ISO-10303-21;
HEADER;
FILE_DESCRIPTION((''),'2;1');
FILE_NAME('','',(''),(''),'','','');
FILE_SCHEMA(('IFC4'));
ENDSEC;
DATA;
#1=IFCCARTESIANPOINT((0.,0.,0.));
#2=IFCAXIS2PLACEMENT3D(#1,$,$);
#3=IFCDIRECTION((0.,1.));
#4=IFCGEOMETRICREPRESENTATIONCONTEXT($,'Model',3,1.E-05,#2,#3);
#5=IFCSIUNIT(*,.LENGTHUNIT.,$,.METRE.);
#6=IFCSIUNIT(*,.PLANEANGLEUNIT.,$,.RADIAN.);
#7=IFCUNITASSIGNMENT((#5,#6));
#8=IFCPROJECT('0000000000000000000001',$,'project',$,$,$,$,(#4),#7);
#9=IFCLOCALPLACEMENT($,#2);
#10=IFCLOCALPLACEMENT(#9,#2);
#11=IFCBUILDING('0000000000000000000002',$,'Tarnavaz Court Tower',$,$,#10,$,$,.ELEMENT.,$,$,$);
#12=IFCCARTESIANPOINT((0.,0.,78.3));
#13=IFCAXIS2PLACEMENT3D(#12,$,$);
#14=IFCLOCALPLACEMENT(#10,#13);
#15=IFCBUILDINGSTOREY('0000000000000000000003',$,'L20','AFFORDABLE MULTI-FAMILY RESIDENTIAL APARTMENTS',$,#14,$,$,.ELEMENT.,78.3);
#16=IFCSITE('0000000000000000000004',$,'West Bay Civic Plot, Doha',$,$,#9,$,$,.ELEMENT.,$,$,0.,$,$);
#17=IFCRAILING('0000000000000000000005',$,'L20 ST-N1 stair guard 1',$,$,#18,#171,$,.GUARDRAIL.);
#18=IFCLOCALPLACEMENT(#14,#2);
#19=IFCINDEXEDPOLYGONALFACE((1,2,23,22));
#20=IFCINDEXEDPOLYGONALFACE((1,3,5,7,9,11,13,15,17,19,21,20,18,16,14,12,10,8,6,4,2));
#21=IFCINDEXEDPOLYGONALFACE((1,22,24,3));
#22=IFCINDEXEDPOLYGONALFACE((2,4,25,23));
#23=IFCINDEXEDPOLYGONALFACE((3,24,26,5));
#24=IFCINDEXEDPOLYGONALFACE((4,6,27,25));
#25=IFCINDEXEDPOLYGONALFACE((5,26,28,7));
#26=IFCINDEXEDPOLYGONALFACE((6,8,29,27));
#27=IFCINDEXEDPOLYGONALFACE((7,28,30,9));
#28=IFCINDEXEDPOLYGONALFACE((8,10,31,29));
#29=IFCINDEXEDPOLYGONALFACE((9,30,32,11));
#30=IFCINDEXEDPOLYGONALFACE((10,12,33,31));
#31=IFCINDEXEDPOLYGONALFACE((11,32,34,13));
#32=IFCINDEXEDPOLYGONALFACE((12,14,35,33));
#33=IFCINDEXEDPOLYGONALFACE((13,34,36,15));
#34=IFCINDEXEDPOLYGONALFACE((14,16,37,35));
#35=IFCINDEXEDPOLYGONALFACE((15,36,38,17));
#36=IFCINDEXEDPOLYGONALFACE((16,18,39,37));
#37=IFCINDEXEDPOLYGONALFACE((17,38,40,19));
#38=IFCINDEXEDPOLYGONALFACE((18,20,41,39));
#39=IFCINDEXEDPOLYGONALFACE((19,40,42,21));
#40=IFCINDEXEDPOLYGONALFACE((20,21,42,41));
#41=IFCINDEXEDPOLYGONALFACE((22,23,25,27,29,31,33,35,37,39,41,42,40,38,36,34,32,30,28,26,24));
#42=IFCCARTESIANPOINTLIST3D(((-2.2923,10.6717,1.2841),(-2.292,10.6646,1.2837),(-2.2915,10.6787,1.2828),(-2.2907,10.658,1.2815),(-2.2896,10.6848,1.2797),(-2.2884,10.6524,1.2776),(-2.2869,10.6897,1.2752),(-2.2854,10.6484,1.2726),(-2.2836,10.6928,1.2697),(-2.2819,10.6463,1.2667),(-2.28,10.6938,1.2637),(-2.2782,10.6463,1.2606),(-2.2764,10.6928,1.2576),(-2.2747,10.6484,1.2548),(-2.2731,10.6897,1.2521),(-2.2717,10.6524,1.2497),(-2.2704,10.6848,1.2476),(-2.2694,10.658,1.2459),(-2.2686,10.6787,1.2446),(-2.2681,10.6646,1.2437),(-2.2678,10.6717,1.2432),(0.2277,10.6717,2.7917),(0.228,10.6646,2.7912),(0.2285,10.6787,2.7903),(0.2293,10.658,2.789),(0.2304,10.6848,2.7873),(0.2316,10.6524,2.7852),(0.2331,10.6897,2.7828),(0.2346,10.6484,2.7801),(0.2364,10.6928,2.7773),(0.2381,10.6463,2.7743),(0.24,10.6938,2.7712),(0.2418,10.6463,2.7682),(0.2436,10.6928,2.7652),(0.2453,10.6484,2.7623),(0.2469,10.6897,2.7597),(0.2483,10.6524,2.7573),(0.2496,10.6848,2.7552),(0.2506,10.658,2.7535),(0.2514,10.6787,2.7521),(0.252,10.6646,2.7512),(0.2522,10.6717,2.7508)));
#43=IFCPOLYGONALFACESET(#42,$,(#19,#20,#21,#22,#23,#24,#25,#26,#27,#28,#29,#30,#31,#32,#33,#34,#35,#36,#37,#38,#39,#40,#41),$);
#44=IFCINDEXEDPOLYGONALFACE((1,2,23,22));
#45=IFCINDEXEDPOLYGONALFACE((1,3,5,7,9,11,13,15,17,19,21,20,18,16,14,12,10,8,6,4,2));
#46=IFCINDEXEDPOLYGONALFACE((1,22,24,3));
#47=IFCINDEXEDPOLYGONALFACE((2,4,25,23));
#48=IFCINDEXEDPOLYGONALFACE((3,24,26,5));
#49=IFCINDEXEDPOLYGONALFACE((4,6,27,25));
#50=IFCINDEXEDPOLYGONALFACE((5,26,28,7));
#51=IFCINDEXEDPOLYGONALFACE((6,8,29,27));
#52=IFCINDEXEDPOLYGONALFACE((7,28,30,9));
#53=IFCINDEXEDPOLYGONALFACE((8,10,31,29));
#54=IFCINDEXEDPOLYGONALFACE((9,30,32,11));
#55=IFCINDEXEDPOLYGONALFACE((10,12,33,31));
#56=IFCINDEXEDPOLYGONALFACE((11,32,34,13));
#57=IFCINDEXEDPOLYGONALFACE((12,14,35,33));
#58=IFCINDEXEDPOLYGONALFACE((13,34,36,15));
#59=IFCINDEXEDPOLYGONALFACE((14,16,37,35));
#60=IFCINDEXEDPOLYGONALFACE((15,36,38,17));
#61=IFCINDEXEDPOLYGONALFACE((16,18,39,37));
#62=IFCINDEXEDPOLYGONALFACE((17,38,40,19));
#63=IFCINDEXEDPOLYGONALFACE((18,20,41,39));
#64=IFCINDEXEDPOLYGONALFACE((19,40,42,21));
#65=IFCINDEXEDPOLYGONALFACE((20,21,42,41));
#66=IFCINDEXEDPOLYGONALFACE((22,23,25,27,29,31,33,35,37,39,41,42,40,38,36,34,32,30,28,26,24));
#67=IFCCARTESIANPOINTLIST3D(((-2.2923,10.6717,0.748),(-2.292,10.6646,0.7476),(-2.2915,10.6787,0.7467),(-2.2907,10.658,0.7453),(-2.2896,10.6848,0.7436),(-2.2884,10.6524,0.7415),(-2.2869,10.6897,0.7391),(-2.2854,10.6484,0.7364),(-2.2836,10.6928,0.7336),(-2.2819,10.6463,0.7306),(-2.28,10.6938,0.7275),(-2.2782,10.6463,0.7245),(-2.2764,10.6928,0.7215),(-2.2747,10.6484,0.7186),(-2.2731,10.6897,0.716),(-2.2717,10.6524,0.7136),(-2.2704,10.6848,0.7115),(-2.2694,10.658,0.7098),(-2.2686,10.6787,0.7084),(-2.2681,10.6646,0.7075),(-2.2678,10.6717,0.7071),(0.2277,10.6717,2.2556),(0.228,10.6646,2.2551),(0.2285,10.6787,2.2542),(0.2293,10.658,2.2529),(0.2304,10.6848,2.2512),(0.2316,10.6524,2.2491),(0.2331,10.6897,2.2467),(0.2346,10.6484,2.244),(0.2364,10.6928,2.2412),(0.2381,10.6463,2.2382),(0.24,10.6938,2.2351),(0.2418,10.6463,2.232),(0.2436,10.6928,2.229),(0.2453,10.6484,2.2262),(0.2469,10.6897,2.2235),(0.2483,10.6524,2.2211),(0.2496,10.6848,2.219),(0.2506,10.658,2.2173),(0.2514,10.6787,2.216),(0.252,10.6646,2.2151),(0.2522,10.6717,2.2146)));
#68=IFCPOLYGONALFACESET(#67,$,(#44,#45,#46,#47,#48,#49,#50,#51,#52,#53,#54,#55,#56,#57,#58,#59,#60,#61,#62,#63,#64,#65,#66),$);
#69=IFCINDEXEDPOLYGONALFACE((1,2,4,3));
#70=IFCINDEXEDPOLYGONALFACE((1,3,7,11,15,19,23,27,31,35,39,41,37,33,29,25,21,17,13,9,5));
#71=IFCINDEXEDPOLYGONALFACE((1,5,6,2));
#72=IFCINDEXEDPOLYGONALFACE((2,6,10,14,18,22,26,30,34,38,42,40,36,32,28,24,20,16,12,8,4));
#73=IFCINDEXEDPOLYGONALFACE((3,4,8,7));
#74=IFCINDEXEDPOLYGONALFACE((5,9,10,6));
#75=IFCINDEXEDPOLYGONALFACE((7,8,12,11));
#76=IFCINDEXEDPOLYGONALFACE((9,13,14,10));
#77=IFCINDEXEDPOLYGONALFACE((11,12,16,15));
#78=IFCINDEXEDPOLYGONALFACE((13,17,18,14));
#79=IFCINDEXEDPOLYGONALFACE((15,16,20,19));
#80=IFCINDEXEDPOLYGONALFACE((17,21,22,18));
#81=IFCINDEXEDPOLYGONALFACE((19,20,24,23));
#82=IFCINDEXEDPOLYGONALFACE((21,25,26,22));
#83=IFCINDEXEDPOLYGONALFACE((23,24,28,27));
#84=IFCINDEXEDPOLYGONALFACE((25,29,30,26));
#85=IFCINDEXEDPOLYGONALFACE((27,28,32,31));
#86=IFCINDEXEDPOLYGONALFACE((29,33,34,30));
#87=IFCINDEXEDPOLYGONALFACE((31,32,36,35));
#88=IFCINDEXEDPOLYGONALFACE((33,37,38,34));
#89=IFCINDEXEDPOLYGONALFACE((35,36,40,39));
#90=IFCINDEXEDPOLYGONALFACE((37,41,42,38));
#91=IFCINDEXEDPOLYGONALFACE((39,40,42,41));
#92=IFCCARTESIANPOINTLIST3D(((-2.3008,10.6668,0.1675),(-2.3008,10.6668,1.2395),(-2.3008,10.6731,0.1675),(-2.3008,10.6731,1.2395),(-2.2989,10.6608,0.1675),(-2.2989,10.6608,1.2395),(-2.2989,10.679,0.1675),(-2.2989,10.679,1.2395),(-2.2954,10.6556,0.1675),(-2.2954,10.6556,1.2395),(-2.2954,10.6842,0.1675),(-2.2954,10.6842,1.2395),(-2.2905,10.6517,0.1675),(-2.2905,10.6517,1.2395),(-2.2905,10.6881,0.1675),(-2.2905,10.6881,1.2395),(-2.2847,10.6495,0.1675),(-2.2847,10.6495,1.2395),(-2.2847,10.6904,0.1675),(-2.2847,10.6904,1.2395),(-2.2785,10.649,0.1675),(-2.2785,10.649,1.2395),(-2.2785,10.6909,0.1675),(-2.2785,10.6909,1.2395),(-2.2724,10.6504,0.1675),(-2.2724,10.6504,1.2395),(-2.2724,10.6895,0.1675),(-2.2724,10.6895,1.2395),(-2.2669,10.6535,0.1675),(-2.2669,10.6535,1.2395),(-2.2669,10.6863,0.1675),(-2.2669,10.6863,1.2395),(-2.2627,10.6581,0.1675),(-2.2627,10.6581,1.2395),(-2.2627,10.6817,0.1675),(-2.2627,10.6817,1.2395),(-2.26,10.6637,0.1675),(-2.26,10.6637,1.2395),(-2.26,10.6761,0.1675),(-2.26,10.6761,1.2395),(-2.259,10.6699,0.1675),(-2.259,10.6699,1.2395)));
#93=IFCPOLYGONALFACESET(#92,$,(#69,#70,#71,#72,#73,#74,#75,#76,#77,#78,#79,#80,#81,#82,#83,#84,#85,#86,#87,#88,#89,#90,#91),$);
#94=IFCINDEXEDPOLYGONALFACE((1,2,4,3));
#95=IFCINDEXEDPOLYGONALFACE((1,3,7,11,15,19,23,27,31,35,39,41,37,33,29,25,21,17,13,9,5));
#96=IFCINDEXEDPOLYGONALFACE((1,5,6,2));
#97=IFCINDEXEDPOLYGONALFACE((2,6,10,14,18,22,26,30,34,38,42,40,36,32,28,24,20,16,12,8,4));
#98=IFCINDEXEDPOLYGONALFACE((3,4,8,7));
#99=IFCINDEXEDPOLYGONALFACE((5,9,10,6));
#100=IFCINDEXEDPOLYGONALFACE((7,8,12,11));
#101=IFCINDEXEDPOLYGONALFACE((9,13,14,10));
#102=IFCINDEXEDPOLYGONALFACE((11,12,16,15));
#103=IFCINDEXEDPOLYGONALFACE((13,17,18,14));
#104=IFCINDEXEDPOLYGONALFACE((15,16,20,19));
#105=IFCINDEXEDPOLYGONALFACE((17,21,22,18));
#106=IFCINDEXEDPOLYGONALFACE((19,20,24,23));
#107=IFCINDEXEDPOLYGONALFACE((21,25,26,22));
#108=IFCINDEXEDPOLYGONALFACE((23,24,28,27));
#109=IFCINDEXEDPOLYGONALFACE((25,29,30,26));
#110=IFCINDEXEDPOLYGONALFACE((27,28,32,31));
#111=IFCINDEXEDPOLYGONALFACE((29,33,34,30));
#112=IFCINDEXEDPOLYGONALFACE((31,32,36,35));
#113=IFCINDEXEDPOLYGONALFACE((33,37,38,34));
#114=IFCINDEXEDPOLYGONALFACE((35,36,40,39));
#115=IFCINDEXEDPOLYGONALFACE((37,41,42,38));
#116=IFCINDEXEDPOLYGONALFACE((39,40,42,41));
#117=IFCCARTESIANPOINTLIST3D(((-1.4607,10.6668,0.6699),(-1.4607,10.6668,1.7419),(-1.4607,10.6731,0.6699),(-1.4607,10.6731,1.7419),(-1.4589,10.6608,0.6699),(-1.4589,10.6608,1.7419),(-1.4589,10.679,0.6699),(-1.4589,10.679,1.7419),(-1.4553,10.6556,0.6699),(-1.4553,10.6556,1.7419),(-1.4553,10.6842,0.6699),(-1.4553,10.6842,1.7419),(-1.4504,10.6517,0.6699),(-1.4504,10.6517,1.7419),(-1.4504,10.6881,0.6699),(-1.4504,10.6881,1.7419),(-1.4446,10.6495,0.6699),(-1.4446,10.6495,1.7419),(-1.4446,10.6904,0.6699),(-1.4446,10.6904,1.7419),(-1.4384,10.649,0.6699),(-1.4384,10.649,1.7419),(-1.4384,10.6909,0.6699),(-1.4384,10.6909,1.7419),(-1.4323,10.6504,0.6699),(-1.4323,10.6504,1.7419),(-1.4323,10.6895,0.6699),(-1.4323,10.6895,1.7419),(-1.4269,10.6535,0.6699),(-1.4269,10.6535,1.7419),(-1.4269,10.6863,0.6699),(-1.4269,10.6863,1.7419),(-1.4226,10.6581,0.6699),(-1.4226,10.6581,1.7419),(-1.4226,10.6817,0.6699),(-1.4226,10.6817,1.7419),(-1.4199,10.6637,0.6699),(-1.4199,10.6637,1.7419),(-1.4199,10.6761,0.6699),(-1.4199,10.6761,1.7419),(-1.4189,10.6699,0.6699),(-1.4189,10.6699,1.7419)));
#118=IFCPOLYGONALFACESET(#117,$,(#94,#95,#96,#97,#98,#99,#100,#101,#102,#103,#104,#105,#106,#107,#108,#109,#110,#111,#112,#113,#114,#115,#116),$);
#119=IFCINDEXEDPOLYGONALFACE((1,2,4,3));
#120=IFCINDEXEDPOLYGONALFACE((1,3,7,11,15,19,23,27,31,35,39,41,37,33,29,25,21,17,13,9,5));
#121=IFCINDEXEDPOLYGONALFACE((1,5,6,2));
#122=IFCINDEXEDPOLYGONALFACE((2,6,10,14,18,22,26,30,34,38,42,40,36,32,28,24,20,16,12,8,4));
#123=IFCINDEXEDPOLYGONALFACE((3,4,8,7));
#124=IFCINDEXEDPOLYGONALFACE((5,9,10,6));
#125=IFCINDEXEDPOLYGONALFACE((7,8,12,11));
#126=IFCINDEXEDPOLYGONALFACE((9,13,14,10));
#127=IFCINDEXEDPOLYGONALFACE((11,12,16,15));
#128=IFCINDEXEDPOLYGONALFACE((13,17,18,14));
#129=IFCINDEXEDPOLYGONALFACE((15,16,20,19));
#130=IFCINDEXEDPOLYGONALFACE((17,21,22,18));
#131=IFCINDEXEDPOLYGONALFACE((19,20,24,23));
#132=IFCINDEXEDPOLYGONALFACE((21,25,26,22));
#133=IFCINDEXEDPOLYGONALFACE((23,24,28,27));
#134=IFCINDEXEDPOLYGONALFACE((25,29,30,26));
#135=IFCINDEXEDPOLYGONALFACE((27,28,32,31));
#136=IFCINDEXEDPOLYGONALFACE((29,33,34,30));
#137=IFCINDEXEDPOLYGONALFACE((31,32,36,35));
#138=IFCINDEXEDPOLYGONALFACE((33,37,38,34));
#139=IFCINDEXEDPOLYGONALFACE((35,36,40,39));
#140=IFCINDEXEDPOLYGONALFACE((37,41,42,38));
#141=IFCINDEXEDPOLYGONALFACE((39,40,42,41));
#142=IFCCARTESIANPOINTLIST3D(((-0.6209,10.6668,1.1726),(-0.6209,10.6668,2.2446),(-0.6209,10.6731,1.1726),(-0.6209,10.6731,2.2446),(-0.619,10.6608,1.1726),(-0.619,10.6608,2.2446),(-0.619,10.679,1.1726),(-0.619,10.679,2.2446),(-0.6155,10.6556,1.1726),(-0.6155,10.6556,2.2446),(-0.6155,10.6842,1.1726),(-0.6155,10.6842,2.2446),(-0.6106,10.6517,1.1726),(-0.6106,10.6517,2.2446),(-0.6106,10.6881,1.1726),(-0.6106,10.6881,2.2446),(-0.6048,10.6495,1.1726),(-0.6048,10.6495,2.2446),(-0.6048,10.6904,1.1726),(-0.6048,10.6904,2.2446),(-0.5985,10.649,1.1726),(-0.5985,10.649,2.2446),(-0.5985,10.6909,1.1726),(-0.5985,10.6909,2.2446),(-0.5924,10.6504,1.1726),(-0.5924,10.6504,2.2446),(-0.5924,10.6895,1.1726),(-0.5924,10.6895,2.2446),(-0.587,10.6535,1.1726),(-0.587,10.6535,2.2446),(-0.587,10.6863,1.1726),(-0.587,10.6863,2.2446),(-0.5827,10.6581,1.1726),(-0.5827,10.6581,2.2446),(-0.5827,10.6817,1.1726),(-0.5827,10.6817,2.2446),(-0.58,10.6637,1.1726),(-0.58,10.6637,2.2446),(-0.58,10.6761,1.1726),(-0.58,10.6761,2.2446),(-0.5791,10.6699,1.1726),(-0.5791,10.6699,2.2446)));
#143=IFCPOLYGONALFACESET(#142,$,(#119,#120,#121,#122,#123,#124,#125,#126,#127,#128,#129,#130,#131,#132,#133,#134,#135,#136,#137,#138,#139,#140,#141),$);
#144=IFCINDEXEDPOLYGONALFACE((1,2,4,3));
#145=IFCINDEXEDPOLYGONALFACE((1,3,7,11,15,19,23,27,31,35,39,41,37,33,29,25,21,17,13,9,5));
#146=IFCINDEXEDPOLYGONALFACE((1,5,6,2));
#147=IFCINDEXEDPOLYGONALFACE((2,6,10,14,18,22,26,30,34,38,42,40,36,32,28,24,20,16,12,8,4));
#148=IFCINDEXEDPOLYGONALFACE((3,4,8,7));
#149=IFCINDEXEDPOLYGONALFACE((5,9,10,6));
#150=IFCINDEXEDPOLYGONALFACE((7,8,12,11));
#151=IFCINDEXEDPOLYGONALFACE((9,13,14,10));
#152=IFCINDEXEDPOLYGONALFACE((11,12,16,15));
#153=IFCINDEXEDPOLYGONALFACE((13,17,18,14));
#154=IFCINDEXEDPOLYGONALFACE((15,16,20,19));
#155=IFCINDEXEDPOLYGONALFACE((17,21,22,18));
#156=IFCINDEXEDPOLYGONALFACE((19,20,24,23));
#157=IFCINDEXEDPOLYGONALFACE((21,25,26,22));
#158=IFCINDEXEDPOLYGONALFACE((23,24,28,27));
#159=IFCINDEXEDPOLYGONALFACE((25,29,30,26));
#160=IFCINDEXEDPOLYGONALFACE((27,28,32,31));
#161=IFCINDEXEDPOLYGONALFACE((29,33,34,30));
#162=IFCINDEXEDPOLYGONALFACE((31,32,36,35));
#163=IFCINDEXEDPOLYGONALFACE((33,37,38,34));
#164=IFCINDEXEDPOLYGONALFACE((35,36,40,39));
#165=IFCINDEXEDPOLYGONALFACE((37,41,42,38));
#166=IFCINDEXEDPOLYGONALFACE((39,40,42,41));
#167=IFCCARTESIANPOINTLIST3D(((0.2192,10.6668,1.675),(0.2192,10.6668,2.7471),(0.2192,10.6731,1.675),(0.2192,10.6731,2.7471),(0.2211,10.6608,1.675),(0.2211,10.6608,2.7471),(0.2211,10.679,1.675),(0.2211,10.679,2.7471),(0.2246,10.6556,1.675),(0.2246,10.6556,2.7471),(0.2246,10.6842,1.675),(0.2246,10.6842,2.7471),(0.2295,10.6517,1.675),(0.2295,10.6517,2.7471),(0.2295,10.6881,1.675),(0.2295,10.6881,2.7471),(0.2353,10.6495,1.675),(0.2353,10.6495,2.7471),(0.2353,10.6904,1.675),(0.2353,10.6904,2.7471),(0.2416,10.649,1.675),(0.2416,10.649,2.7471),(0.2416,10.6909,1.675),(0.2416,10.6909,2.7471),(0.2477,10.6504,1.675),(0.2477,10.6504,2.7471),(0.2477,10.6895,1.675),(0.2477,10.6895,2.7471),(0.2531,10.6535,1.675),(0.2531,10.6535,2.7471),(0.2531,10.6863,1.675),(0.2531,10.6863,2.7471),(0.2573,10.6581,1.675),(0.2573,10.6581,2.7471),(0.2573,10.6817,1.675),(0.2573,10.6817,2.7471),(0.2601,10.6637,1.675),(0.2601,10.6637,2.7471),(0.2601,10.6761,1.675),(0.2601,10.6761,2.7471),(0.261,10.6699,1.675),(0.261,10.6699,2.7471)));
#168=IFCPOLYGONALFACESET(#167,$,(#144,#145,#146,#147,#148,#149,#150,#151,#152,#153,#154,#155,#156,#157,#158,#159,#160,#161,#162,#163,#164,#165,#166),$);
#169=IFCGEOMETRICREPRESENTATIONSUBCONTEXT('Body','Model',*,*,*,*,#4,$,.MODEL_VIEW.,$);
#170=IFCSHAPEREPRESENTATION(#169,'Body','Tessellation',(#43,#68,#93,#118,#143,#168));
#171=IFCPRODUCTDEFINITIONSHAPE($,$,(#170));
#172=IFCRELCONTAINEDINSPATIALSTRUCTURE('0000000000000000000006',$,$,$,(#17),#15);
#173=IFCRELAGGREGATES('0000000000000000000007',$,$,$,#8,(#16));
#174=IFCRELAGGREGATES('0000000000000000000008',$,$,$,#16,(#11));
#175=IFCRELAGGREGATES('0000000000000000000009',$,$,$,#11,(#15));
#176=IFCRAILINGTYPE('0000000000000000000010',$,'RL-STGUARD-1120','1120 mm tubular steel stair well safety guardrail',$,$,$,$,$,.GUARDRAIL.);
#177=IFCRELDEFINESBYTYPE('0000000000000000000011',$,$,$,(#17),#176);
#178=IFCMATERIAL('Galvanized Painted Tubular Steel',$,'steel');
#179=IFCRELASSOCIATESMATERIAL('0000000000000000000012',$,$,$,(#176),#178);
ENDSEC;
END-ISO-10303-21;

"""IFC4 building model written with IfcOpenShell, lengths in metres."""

from ifc_helpers import new_model, si_unit, direction, frame, origin, origin_2d, place, context, subcontext, project, spatial, circle, extrude, material, type_object, element, save


model = new_model("IFC4")

# Units and contexts
model_context = context("Model", 3, precision=1e-05, world=origin(), true_north=direction((0.0, 1.0)))
body_context = subcontext(model_context, "Body", "Model", "MODEL_VIEW")
ifc_project = project(units=[si_unit("LENGTHUNIT", "METRE"), si_unit("PLANEANGLEUNIT", "RADIAN")], contexts=[model_context])

# Site, building, storey
site_placement = place(None, origin())
site = spatial("IfcSite", under=ifc_project, at=site_placement, Name="West Bay Civic Plot, Doha", CompositionType="ELEMENT", RefElevation=0.0)
building_placement = place(site_placement, origin())
building = spatial("IfcBuilding", under=site, at=building_placement, Name="Tarnavaz Court Tower", CompositionType="ELEMENT")
storey_placement = place(building_placement, frame((0.0, 0.0, 78.3)))
storey = spatial("IfcBuildingStorey", under=building, at=storey_placement, Name="L20", Description="AFFORDABLE MULTI-FAMILY RESIDENTIAL APARTMENTS", CompositionType="ELEMENT", Elevation=78.3)

# Railing
ifc_material_1 = material(Name="Galvanized Painted Tubular Steel", Category="steel")
railing_type_1 = type_object("IfcRailingType", Name="RL-STGUARD-1120", Description="1120 mm tubular steel stair well safety guardrail", PredefinedType="GUARDRAIL", material=ifc_material_1)
railing_1_placement = place(storey_placement, frame((-2.28, 10.6699, 0.1675)))
element("IfcRailing", 1, at=railing_1_placement, inside=storey, type_object=railing_type_1, Name="L20 ST-N1 stair guard 1", PredefinedType="GUARDRAIL", context=body_context, shape_type="SweptSolid", body=[
    extrude(circle(Radius=0.0239, at=origin_2d()), frame((0.0, 0.0, 1.0962), z_axis=(0.85816, 0.0, 0.513383), x_axis=(0.0, 1.0, 0.0)), (0.0, 0.0, 1.0), 2.9365),
    extrude(circle(Radius=0.0239, at=origin_2d()), frame((0.0, 0.0, 0.5601), z_axis=(0.85816, 0.0, 0.513383), x_axis=(0.0, 1.0, 0.0)), (0.0, 0.0, 1.0), 2.9365),
    extrude(circle(Radius=0.021, at=origin_2d()), origin(), (0.0, 0.0, 1.0), 1.072),
    extrude(circle(Radius=0.021, at=origin_2d()), frame((0.8401, 0.0, 0.5024)), (0.0, 0.0, 1.0), 1.072),
    extrude(circle(Radius=0.021, at=origin_2d()), frame((1.6799, 0.0, 1.0051)), (0.0, 0.0, 1.0), 1.072),
    extrude(circle(Radius=0.021, at=origin_2d()), frame((2.52, 0.0, 1.5076)), (0.0, 0.0, 1.0), 1.072),
])

save(model, "model.ifc")
